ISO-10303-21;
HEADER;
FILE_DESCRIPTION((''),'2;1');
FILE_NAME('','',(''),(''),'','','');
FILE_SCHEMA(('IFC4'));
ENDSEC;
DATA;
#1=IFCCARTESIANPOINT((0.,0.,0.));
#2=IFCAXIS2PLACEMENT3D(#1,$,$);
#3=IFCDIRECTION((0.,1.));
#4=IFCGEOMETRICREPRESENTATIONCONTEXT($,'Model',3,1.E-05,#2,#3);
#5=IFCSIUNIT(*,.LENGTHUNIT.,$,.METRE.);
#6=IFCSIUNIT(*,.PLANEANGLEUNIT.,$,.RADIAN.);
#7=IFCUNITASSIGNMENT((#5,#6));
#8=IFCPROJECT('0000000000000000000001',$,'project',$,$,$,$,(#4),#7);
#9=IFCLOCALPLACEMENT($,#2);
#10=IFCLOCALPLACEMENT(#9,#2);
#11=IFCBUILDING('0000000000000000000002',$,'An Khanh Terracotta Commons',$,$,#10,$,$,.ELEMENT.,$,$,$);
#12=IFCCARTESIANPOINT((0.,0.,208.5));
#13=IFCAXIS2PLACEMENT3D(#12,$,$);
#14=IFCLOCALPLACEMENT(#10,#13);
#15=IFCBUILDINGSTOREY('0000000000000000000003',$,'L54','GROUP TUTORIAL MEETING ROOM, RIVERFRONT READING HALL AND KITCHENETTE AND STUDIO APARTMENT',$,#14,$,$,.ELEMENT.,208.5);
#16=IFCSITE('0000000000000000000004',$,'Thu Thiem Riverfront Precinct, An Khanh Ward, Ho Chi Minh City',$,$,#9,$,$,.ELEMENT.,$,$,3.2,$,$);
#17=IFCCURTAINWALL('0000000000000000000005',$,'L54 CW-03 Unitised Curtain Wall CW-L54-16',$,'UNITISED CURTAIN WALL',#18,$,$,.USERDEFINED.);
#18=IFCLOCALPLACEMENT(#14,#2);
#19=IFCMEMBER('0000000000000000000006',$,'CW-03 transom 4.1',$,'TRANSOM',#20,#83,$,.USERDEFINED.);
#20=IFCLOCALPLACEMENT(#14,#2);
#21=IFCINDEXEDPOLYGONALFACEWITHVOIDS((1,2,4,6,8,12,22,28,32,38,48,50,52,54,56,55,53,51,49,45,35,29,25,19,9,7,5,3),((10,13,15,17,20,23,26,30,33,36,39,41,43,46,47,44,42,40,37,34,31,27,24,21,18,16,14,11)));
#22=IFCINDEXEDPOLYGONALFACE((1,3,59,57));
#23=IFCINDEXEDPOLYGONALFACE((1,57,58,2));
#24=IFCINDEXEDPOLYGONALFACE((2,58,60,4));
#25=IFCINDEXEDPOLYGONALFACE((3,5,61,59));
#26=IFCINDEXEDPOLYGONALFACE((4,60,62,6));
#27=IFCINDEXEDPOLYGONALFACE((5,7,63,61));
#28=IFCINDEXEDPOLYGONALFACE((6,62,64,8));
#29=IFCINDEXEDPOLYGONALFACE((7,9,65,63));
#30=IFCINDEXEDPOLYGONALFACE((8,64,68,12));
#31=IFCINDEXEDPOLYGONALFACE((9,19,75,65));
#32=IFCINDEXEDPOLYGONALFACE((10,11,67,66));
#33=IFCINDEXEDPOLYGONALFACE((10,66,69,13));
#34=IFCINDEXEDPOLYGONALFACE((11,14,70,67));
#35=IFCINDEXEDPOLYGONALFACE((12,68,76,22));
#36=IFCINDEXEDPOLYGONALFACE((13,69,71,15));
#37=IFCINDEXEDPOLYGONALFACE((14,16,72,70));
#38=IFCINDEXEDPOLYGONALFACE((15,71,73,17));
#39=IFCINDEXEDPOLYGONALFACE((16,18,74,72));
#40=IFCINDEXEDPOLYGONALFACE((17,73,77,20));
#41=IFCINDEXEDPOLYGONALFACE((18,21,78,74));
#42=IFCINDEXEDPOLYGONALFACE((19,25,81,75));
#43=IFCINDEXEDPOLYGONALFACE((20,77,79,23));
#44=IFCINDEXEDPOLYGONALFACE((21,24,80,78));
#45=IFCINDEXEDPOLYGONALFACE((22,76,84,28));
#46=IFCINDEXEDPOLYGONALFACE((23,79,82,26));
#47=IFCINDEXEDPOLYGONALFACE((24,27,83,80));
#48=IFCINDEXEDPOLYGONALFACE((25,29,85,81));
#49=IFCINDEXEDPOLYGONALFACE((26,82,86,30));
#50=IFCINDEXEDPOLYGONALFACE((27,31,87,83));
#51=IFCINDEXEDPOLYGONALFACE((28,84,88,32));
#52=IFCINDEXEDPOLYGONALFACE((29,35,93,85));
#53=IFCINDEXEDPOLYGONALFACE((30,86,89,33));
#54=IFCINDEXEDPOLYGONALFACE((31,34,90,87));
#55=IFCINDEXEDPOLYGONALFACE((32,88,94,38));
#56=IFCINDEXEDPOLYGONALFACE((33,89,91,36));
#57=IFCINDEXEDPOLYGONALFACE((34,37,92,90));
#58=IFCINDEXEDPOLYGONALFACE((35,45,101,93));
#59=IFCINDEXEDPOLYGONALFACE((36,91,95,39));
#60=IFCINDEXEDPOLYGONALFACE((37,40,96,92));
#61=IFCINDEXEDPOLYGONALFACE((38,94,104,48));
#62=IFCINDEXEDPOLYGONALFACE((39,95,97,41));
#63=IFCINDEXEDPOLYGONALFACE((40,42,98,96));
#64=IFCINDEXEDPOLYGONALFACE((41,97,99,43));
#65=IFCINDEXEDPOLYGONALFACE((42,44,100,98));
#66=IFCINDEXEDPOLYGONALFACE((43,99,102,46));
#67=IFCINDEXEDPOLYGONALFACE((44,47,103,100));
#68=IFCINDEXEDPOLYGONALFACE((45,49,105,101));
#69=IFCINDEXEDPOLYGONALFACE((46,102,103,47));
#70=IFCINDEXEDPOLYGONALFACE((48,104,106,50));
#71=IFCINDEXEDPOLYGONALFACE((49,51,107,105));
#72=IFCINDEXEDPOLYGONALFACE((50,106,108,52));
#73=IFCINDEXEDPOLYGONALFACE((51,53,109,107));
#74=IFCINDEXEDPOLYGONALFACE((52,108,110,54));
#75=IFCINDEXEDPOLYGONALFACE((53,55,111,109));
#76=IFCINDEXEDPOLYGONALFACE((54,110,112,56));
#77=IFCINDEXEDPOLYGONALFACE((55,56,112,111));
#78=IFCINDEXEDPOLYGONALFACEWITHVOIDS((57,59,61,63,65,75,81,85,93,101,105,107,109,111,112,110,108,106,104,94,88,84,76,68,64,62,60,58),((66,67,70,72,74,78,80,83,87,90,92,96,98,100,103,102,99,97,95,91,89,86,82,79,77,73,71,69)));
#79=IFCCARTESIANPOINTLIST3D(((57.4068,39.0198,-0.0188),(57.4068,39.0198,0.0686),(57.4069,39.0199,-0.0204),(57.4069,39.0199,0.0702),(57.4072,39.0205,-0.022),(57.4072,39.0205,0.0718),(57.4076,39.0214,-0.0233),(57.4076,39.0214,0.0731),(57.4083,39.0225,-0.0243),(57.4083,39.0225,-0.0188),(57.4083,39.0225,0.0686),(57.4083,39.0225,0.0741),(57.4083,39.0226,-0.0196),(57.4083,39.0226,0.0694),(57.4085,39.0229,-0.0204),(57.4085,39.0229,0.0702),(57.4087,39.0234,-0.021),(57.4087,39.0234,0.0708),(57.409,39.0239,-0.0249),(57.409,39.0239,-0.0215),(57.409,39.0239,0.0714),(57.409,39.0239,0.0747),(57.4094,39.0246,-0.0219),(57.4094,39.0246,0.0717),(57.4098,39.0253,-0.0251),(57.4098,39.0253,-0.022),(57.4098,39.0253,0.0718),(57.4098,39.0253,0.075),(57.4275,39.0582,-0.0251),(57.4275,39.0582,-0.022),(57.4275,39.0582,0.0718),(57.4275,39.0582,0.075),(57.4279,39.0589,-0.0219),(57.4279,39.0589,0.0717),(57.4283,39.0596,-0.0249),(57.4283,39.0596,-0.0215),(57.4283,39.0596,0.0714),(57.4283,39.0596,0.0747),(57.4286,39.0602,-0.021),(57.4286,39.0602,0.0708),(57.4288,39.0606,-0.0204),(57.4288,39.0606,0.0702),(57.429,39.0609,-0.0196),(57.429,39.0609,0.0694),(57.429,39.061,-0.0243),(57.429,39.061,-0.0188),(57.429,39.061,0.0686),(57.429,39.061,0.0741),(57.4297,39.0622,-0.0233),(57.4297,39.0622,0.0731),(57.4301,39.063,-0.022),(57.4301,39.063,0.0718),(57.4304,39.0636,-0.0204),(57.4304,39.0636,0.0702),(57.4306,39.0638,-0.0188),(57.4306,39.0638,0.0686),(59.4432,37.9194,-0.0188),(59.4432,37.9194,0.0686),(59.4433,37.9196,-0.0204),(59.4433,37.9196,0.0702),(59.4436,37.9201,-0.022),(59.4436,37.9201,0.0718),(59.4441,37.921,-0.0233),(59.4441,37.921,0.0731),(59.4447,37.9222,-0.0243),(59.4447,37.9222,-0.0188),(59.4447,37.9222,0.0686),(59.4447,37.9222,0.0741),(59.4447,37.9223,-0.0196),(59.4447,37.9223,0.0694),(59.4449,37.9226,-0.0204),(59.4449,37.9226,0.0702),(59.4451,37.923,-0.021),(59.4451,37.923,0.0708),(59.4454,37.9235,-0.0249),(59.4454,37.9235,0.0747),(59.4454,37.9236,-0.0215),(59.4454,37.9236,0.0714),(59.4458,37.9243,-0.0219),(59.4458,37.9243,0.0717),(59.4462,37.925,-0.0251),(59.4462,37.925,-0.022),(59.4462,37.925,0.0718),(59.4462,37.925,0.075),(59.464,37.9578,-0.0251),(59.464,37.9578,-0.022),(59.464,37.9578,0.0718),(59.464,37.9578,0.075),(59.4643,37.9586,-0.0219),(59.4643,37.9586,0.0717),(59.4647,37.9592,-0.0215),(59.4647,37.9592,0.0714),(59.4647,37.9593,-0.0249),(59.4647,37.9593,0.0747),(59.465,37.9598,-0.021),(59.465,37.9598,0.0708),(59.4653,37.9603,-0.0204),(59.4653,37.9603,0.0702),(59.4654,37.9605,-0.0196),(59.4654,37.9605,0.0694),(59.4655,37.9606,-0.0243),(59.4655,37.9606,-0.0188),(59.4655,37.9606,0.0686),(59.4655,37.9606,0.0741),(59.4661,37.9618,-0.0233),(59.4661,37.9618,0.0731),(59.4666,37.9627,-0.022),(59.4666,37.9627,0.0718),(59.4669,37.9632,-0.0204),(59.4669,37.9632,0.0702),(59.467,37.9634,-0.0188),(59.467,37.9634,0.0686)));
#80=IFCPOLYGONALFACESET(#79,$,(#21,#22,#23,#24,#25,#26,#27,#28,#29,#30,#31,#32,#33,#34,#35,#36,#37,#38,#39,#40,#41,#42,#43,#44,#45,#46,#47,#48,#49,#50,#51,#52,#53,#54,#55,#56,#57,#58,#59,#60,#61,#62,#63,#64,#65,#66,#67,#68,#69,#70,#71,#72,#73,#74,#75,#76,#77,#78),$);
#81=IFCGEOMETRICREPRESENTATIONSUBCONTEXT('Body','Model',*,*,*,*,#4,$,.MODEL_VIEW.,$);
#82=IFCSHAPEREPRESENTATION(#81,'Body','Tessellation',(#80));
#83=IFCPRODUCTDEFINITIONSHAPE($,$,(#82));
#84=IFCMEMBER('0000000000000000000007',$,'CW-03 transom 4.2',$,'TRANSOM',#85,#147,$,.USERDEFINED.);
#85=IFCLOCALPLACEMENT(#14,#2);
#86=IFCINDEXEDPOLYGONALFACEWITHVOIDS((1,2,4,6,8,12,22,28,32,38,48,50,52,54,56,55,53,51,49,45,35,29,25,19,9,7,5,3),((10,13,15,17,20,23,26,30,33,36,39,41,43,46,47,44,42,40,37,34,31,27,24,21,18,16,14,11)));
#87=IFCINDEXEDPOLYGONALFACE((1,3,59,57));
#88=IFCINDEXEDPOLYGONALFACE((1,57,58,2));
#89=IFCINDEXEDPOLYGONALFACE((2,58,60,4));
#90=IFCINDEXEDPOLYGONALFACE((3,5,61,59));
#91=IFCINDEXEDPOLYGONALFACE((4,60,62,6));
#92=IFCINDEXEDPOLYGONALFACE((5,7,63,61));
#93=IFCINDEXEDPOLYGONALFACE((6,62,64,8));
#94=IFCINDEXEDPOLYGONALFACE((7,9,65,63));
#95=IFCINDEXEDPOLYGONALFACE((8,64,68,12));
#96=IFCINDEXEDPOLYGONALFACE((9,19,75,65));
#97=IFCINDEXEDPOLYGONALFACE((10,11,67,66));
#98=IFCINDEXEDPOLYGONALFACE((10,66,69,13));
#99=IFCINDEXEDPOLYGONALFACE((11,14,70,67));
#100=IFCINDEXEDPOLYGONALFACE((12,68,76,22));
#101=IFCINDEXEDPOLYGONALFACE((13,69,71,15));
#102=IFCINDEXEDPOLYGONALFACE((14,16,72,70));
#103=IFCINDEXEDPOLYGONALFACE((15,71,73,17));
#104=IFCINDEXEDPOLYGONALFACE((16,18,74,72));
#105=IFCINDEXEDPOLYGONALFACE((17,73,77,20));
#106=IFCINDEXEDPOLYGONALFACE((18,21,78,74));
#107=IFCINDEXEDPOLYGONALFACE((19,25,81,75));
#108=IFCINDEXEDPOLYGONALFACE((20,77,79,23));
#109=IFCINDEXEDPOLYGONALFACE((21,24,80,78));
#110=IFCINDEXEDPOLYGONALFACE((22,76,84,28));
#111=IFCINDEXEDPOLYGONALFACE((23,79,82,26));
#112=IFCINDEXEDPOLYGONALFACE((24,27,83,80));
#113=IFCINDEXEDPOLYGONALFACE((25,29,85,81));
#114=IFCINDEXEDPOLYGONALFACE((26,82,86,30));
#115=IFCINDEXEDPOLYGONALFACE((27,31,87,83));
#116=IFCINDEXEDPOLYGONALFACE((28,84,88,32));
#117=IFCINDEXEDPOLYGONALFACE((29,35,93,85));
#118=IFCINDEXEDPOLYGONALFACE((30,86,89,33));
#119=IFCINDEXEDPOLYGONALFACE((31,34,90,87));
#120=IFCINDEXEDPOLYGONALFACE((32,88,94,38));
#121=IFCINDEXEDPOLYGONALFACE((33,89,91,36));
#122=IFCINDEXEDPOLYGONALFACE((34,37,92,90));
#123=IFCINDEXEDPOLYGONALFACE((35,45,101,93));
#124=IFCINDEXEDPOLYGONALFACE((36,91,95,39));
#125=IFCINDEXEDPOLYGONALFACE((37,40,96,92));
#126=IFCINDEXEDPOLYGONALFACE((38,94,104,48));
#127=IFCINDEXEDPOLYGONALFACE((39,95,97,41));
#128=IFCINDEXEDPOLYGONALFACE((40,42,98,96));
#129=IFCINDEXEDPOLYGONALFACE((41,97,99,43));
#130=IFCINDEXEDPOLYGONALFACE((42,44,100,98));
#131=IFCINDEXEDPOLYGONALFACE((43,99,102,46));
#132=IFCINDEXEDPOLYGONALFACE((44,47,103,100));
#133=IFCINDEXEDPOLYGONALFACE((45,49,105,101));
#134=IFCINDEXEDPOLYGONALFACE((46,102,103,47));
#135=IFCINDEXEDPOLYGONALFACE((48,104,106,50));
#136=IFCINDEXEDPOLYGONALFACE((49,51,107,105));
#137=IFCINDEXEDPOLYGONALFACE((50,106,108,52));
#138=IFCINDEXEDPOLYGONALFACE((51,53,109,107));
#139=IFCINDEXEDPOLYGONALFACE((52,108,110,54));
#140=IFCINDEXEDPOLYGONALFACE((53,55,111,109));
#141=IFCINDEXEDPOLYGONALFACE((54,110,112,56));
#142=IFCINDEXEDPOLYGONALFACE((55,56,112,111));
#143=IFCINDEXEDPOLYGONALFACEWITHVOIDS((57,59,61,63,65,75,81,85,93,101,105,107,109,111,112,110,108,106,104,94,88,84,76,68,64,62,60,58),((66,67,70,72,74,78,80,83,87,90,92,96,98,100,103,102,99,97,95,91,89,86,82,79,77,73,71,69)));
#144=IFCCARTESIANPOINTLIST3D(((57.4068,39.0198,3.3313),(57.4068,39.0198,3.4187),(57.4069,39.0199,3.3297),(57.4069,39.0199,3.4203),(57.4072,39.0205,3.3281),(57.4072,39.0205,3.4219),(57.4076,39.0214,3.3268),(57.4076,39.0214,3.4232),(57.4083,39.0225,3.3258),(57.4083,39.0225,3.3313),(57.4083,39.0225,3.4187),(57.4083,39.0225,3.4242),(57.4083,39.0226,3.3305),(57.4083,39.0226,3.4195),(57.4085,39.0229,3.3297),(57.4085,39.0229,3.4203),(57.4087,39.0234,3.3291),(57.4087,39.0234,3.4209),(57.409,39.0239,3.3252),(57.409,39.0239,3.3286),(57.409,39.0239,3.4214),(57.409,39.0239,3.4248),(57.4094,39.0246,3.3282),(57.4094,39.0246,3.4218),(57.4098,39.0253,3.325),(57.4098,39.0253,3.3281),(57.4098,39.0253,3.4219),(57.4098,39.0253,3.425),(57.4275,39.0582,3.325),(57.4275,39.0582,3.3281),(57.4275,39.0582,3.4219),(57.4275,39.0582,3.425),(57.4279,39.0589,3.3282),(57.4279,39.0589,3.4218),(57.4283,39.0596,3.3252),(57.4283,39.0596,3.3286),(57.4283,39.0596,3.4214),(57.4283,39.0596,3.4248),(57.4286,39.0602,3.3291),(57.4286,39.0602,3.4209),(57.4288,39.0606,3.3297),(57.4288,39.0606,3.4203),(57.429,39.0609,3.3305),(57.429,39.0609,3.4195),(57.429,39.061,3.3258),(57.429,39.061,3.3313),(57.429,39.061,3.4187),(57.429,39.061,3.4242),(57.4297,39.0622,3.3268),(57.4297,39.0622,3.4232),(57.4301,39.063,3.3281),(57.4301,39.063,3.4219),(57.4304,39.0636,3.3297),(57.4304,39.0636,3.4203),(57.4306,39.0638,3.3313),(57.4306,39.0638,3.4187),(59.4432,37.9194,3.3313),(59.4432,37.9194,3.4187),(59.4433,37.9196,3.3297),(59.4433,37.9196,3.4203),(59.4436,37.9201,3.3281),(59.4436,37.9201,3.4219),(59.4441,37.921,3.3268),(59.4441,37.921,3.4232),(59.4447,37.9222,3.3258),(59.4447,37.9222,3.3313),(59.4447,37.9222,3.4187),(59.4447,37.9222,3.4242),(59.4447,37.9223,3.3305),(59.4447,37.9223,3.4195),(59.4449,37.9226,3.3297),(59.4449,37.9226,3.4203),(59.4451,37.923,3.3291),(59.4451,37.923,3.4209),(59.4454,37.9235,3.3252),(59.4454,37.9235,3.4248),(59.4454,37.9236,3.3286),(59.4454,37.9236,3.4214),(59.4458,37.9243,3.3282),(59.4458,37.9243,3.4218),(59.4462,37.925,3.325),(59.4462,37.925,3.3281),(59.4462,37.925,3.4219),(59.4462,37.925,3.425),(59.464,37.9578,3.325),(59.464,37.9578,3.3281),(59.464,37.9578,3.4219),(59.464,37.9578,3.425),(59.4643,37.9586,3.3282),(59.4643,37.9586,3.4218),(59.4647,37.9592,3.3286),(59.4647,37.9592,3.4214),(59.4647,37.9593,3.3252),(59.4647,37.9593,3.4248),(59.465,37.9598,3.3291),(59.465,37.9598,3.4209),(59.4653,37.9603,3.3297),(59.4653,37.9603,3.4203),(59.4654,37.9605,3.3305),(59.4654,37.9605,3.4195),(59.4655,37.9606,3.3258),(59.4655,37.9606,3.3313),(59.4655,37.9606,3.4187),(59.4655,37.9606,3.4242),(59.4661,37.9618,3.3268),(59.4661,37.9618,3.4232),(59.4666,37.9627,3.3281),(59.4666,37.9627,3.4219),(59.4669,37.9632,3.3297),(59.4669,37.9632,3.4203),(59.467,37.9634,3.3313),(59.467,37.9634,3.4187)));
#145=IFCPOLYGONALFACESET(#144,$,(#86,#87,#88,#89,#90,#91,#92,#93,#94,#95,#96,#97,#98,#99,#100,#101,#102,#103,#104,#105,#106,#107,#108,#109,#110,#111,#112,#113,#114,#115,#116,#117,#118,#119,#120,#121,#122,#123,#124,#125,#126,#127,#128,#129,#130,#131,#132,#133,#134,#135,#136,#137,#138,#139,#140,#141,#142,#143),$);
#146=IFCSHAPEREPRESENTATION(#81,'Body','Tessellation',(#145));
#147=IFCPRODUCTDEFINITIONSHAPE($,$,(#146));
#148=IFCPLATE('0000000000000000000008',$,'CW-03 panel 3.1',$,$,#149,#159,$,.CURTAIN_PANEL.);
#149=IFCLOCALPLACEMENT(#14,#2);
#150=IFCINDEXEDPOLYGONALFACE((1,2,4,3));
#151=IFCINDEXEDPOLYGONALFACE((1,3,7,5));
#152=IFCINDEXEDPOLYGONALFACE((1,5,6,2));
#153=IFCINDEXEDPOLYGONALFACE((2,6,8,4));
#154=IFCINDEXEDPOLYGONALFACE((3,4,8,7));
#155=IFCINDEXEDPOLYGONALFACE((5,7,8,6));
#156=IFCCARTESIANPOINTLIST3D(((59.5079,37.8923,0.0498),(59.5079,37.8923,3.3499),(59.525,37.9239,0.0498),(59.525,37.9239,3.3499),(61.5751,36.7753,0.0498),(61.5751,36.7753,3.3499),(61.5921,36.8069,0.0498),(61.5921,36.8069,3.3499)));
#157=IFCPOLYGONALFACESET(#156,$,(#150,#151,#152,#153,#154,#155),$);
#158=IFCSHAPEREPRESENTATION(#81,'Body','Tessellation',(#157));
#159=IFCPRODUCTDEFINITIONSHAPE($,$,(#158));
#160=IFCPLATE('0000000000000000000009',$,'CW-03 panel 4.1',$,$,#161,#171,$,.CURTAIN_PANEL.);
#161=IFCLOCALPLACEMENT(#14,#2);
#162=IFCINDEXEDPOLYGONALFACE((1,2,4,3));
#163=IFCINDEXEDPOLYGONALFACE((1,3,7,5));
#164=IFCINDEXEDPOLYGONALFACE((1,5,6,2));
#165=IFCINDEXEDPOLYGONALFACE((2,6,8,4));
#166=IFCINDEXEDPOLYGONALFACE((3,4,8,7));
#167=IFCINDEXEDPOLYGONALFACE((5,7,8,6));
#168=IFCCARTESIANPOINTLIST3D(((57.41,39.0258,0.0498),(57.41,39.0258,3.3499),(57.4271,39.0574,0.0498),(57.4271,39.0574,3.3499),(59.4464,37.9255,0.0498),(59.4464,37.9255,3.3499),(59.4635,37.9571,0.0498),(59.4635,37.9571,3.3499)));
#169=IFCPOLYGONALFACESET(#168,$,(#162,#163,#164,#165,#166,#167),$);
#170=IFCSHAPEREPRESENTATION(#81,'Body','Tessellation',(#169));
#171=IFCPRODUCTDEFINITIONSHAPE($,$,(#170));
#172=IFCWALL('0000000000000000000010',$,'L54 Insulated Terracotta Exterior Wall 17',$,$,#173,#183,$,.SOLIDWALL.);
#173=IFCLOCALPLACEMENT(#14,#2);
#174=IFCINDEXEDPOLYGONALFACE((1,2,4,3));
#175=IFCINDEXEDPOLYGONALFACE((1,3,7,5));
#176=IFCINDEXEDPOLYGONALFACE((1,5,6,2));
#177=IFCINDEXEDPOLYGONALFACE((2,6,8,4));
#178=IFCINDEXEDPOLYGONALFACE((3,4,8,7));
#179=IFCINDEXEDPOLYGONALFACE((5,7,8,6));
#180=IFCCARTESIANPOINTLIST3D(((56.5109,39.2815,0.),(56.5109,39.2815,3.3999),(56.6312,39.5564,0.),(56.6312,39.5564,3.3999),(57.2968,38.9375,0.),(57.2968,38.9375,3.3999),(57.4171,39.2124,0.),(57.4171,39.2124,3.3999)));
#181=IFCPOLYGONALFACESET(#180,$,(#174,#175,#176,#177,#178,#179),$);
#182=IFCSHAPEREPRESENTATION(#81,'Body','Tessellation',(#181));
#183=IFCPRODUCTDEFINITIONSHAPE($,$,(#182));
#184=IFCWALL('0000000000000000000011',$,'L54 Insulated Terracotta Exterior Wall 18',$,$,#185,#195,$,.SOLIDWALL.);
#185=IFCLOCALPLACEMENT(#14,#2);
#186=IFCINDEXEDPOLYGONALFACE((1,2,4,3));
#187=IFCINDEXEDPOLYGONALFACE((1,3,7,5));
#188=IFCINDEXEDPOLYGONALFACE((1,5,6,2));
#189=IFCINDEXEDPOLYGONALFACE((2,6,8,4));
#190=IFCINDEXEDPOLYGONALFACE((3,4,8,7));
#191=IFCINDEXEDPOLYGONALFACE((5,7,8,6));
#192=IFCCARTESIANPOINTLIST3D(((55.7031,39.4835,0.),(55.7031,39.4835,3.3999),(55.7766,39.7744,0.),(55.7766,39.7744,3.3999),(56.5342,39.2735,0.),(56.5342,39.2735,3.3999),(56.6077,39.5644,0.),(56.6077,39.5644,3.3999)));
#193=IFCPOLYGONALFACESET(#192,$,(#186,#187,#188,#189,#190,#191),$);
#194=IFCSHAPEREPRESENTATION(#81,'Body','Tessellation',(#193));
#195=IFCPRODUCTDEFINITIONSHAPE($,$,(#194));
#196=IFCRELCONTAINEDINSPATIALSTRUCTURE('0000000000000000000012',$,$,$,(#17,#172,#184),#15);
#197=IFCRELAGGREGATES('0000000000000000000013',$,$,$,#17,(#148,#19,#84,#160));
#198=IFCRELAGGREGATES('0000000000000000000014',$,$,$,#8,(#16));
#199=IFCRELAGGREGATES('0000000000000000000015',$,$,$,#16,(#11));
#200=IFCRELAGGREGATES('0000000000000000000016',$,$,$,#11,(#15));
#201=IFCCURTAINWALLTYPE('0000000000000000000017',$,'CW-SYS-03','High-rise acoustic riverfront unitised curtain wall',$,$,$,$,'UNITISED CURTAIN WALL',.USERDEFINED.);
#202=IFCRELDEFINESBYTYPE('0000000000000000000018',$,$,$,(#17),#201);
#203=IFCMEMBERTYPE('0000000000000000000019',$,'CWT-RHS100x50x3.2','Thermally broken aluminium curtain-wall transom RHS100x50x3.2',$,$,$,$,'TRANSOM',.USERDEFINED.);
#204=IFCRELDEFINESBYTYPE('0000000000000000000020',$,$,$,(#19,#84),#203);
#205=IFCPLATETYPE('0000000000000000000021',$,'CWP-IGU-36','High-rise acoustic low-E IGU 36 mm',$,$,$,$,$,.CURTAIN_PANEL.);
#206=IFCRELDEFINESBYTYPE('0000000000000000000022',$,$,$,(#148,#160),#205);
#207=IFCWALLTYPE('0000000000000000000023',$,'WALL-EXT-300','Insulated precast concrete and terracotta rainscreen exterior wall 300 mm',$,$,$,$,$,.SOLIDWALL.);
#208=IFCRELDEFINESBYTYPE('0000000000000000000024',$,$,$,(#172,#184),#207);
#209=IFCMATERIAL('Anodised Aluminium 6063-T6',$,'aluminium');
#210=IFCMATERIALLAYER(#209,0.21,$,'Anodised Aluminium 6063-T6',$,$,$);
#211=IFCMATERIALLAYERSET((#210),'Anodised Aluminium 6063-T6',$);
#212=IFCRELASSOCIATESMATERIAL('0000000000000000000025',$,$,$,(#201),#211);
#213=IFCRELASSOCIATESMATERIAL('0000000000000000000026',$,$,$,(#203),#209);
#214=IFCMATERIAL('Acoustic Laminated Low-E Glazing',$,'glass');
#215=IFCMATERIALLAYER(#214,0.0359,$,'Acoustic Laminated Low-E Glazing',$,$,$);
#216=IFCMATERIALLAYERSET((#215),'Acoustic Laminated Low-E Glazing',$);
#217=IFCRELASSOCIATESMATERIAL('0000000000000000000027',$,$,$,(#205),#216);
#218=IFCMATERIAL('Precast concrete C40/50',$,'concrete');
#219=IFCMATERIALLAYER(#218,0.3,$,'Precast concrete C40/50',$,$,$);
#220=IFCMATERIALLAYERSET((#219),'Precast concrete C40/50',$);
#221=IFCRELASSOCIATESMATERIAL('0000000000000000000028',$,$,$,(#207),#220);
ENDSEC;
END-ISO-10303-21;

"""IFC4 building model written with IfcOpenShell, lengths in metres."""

from ifc_helpers import new_model, si_unit, direction, frame, frame_2d, origin, origin_2d, place, context, subcontext, project, spatial, rectangle, hollow_rectangle, extrude, material, layer, layer_set, material_profile, profile_set, type_object, element, aggregate, save


model = new_model("IFC4")

# Units and contexts
model_context = context("Model", 3, precision=1e-05, world=origin(), true_north=direction((0.0, 1.0)))
body_context = subcontext(model_context, "Body", "Model", "MODEL_VIEW")
ifc_project = project(units=[si_unit("LENGTHUNIT", "METRE"), si_unit("PLANEANGLEUNIT", "RADIAN")], contexts=[model_context])

# Site, building, storey
site_placement = place(None, origin())
site = spatial("IfcSite", under=ifc_project, at=site_placement, Name="Thu Thiem Riverfront Precinct, An Khanh Ward, Ho Chi Minh City", CompositionType="ELEMENT", RefElevation=3.2)
building_placement = place(site_placement, origin())
building = spatial("IfcBuilding", under=site, at=building_placement, Name="An Khanh Terracotta Commons", CompositionType="ELEMENT")
storey_placement = place(building_placement, frame((0.0, 0.0, 208.5)))
storey = spatial("IfcBuildingStorey", under=building, at=storey_placement, Name="L54", Description="GROUP TUTORIAL MEETING ROOM, RIVERFRONT READING HALL AND KITCHENETTE AND STUDIO APARTMENT", CompositionType="ELEMENT", Elevation=208.5)

# Curtain wall, members, plates
ifc_material_1 = material(Name="Anodised Aluminium 6063-T6", Category="aluminium")
ifc_layer_1 = layer(ifc_material_1, 0.21, Name="Anodised Aluminium 6063-T6")
ifc_layer_set_1 = layer_set([ifc_layer_1], Name="Anodised Aluminium 6063-T6")
curtain_wall_type = type_object("IfcCurtainWallType", Name="CW-SYS-03", Description="High-rise acoustic riverfront unitised curtain wall", ElementType="UNITISED CURTAIN WALL", PredefinedType="USERDEFINED", material=ifc_layer_set_1)
curtain_wall_placement = place(storey_placement, origin())
curtain_wall = element("IfcCurtainWall", 1, at=curtain_wall_placement, inside=storey, type_object=curtain_wall_type, Name="L54 CW-03 Unitised Curtain Wall CW-L54-16", ObjectType="UNITISED CURTAIN WALL", PredefinedType="USERDEFINED")
ifc_material_profile_1 = material_profile(ifc_material_1, hollow_rectangle(XDim=0.05, YDim=0.1001, WallThickness=0.0032, InnerFilletRadius=0.0032, OuterFilletRadius=0.0063, at=origin_2d()), Name="RHS100x50x3.2")
ifc_profile_set_1 = profile_set([ifc_material_profile_1], Name="Anodised Aluminium 6063-T6")
member_type_1 = type_object("IfcMemberType", Name="CWT-RHS100x50x3.2", Description="Thermally broken aluminium curtain-wall transom RHS100x50x3.2", ElementType="TRANSOM", PredefinedType="USERDEFINED", material=ifc_profile_set_1)
member_1_placement = place(storey_placement, frame((59.4551, 37.9414, 0.0249), z_axis=(-0.879779, 0.475382, 0.0), x_axis=(-0.475382, -0.879779, 0.0)))
member_1 = element("IfcMember", 2, at=member_1_placement, type_object=member_type_1, Name="CW-03 transom 4.1", ObjectType="TRANSOM", PredefinedType="USERDEFINED", context=body_context, shape_type="SweptSolid", body=[
    extrude(hollow_rectangle(XDim=0.05, YDim=0.1001, WallThickness=0.0032, InnerFilletRadius=0.0032, OuterFilletRadius=0.0063, at=origin_2d()), origin(), (0.0, 0.0, 1.0), 2.3147),
])
member_2_placement = place(storey_placement, frame((59.4551, 37.9414, 3.375), z_axis=(-0.879779, 0.475382, 0.0), x_axis=(-0.475382, -0.879779, 0.0)))
member_2 = element("IfcMember", 3, at=member_2_placement, type_object=member_type_1, Name="CW-03 transom 4.2", ObjectType="TRANSOM", PredefinedType="USERDEFINED", context=body_context, shape_type="SweptSolid", body=[
    extrude(hollow_rectangle(XDim=0.05, YDim=0.1001, WallThickness=0.0032, InnerFilletRadius=0.0032, OuterFilletRadius=0.0063, at=origin_2d()), origin(), (0.0, 0.0, 1.0), 2.3147),
])
ifc_material_2 = material(Name="Acoustic Laminated Low-E Glazing", Category="glass")
ifc_layer_2 = layer(ifc_material_2, 0.0359, Name="Acoustic Laminated Low-E Glazing")
ifc_layer_set_2 = layer_set([ifc_layer_2], Name="Acoustic Laminated Low-E Glazing")
plate_type = type_object("IfcPlateType", Name="CWP-IGU-36", Description="High-rise acoustic low-E IGU 36 mm", PredefinedType="CURTAIN_PANEL", material=ifc_layer_set_2)
plate_1_placement = place(storey_placement, frame((60.55, 37.3496, 0.0498), z_axis=(0.0, 0.0, 1.0), x_axis=(-0.87978, 0.475381, 0.0)))
plate_1 = element("IfcPlate", 4, at=plate_1_placement, type_object=plate_type, Name="CW-03 panel 3.1", PredefinedType="CURTAIN_PANEL", context=body_context, shape_type="SweptSolid", body=[
    extrude(rectangle(XDim=2.3496, YDim=0.0359, at=origin_2d()), origin(), (0.0, 0.0, 1.0), 3.3),
])
plate_2_placement = place(storey_placement, frame((58.4368, 38.4915, 0.0498), z_axis=(0.0, 0.0, 1.0), x_axis=(-0.87978, 0.475381, 0.0)))
plate_2 = element("IfcPlate", 5, at=plate_2_placement, type_object=plate_type, Name="CW-03 panel 4.1", PredefinedType="CURTAIN_PANEL", context=body_context, shape_type="SweptSolid", body=[
    extrude(rectangle(XDim=2.3147, YDim=0.0359, at=origin_2d()), origin(), (0.0, 0.0, 1.0), 3.3),
])
aggregate(curtain_wall, [plate_1, member_1, member_2, plate_2])

# Walls
ifc_material_3 = material(Name="Precast concrete C40/50", Category="concrete")
ifc_layer_3 = layer(ifc_material_3, 0.3, Name="Precast concrete C40/50")
ifc_layer_set_3 = layer_set([ifc_layer_3], Name="Precast concrete C40/50")
wall_type = type_object("IfcWallType", Name="WALL-EXT-300", Description="Insulated precast concrete and terracotta rainscreen exterior wall 300 mm", PredefinedType="SOLIDWALL", material=ifc_layer_set_3)
wall_1_placement = place(storey_placement, frame((57.3569, 39.075, 0.0), z_axis=(0.0, 0.0, 1.0), x_axis=(-0.916085, 0.400983, 0.0)))
element("IfcWall", 6, at=wall_1_placement, inside=storey, type_object=wall_type, Name="L54 Insulated Terracotta Exterior Wall 17", PredefinedType="SOLIDWALL", context=body_context, shape_type="SweptSolid", body=[
    extrude(rectangle(XDim=0.8579, YDim=0.3, at=frame_2d((0.429, 0.0))), origin(), (0.0, 0.0, 1.0), 3.3999),
])
wall_2_placement = place(storey_placement, frame((56.571, 39.4189, 0.0), z_axis=(0.0, 0.0, 1.0), x_axis=(-0.969536, 0.244947, 0.0)))
element("IfcWall", 7, at=wall_2_placement, inside=storey, type_object=wall_type, Name="L54 Insulated Terracotta Exterior Wall 18", PredefinedType="SOLIDWALL", context=body_context, shape_type="SweptSolid", body=[
    extrude(rectangle(XDim=0.8572, YDim=0.3, at=frame_2d((0.4287, 0.0))), origin(), (0.0, 0.0, 1.0), 3.3999),
])

save(model, "model.ifc")
